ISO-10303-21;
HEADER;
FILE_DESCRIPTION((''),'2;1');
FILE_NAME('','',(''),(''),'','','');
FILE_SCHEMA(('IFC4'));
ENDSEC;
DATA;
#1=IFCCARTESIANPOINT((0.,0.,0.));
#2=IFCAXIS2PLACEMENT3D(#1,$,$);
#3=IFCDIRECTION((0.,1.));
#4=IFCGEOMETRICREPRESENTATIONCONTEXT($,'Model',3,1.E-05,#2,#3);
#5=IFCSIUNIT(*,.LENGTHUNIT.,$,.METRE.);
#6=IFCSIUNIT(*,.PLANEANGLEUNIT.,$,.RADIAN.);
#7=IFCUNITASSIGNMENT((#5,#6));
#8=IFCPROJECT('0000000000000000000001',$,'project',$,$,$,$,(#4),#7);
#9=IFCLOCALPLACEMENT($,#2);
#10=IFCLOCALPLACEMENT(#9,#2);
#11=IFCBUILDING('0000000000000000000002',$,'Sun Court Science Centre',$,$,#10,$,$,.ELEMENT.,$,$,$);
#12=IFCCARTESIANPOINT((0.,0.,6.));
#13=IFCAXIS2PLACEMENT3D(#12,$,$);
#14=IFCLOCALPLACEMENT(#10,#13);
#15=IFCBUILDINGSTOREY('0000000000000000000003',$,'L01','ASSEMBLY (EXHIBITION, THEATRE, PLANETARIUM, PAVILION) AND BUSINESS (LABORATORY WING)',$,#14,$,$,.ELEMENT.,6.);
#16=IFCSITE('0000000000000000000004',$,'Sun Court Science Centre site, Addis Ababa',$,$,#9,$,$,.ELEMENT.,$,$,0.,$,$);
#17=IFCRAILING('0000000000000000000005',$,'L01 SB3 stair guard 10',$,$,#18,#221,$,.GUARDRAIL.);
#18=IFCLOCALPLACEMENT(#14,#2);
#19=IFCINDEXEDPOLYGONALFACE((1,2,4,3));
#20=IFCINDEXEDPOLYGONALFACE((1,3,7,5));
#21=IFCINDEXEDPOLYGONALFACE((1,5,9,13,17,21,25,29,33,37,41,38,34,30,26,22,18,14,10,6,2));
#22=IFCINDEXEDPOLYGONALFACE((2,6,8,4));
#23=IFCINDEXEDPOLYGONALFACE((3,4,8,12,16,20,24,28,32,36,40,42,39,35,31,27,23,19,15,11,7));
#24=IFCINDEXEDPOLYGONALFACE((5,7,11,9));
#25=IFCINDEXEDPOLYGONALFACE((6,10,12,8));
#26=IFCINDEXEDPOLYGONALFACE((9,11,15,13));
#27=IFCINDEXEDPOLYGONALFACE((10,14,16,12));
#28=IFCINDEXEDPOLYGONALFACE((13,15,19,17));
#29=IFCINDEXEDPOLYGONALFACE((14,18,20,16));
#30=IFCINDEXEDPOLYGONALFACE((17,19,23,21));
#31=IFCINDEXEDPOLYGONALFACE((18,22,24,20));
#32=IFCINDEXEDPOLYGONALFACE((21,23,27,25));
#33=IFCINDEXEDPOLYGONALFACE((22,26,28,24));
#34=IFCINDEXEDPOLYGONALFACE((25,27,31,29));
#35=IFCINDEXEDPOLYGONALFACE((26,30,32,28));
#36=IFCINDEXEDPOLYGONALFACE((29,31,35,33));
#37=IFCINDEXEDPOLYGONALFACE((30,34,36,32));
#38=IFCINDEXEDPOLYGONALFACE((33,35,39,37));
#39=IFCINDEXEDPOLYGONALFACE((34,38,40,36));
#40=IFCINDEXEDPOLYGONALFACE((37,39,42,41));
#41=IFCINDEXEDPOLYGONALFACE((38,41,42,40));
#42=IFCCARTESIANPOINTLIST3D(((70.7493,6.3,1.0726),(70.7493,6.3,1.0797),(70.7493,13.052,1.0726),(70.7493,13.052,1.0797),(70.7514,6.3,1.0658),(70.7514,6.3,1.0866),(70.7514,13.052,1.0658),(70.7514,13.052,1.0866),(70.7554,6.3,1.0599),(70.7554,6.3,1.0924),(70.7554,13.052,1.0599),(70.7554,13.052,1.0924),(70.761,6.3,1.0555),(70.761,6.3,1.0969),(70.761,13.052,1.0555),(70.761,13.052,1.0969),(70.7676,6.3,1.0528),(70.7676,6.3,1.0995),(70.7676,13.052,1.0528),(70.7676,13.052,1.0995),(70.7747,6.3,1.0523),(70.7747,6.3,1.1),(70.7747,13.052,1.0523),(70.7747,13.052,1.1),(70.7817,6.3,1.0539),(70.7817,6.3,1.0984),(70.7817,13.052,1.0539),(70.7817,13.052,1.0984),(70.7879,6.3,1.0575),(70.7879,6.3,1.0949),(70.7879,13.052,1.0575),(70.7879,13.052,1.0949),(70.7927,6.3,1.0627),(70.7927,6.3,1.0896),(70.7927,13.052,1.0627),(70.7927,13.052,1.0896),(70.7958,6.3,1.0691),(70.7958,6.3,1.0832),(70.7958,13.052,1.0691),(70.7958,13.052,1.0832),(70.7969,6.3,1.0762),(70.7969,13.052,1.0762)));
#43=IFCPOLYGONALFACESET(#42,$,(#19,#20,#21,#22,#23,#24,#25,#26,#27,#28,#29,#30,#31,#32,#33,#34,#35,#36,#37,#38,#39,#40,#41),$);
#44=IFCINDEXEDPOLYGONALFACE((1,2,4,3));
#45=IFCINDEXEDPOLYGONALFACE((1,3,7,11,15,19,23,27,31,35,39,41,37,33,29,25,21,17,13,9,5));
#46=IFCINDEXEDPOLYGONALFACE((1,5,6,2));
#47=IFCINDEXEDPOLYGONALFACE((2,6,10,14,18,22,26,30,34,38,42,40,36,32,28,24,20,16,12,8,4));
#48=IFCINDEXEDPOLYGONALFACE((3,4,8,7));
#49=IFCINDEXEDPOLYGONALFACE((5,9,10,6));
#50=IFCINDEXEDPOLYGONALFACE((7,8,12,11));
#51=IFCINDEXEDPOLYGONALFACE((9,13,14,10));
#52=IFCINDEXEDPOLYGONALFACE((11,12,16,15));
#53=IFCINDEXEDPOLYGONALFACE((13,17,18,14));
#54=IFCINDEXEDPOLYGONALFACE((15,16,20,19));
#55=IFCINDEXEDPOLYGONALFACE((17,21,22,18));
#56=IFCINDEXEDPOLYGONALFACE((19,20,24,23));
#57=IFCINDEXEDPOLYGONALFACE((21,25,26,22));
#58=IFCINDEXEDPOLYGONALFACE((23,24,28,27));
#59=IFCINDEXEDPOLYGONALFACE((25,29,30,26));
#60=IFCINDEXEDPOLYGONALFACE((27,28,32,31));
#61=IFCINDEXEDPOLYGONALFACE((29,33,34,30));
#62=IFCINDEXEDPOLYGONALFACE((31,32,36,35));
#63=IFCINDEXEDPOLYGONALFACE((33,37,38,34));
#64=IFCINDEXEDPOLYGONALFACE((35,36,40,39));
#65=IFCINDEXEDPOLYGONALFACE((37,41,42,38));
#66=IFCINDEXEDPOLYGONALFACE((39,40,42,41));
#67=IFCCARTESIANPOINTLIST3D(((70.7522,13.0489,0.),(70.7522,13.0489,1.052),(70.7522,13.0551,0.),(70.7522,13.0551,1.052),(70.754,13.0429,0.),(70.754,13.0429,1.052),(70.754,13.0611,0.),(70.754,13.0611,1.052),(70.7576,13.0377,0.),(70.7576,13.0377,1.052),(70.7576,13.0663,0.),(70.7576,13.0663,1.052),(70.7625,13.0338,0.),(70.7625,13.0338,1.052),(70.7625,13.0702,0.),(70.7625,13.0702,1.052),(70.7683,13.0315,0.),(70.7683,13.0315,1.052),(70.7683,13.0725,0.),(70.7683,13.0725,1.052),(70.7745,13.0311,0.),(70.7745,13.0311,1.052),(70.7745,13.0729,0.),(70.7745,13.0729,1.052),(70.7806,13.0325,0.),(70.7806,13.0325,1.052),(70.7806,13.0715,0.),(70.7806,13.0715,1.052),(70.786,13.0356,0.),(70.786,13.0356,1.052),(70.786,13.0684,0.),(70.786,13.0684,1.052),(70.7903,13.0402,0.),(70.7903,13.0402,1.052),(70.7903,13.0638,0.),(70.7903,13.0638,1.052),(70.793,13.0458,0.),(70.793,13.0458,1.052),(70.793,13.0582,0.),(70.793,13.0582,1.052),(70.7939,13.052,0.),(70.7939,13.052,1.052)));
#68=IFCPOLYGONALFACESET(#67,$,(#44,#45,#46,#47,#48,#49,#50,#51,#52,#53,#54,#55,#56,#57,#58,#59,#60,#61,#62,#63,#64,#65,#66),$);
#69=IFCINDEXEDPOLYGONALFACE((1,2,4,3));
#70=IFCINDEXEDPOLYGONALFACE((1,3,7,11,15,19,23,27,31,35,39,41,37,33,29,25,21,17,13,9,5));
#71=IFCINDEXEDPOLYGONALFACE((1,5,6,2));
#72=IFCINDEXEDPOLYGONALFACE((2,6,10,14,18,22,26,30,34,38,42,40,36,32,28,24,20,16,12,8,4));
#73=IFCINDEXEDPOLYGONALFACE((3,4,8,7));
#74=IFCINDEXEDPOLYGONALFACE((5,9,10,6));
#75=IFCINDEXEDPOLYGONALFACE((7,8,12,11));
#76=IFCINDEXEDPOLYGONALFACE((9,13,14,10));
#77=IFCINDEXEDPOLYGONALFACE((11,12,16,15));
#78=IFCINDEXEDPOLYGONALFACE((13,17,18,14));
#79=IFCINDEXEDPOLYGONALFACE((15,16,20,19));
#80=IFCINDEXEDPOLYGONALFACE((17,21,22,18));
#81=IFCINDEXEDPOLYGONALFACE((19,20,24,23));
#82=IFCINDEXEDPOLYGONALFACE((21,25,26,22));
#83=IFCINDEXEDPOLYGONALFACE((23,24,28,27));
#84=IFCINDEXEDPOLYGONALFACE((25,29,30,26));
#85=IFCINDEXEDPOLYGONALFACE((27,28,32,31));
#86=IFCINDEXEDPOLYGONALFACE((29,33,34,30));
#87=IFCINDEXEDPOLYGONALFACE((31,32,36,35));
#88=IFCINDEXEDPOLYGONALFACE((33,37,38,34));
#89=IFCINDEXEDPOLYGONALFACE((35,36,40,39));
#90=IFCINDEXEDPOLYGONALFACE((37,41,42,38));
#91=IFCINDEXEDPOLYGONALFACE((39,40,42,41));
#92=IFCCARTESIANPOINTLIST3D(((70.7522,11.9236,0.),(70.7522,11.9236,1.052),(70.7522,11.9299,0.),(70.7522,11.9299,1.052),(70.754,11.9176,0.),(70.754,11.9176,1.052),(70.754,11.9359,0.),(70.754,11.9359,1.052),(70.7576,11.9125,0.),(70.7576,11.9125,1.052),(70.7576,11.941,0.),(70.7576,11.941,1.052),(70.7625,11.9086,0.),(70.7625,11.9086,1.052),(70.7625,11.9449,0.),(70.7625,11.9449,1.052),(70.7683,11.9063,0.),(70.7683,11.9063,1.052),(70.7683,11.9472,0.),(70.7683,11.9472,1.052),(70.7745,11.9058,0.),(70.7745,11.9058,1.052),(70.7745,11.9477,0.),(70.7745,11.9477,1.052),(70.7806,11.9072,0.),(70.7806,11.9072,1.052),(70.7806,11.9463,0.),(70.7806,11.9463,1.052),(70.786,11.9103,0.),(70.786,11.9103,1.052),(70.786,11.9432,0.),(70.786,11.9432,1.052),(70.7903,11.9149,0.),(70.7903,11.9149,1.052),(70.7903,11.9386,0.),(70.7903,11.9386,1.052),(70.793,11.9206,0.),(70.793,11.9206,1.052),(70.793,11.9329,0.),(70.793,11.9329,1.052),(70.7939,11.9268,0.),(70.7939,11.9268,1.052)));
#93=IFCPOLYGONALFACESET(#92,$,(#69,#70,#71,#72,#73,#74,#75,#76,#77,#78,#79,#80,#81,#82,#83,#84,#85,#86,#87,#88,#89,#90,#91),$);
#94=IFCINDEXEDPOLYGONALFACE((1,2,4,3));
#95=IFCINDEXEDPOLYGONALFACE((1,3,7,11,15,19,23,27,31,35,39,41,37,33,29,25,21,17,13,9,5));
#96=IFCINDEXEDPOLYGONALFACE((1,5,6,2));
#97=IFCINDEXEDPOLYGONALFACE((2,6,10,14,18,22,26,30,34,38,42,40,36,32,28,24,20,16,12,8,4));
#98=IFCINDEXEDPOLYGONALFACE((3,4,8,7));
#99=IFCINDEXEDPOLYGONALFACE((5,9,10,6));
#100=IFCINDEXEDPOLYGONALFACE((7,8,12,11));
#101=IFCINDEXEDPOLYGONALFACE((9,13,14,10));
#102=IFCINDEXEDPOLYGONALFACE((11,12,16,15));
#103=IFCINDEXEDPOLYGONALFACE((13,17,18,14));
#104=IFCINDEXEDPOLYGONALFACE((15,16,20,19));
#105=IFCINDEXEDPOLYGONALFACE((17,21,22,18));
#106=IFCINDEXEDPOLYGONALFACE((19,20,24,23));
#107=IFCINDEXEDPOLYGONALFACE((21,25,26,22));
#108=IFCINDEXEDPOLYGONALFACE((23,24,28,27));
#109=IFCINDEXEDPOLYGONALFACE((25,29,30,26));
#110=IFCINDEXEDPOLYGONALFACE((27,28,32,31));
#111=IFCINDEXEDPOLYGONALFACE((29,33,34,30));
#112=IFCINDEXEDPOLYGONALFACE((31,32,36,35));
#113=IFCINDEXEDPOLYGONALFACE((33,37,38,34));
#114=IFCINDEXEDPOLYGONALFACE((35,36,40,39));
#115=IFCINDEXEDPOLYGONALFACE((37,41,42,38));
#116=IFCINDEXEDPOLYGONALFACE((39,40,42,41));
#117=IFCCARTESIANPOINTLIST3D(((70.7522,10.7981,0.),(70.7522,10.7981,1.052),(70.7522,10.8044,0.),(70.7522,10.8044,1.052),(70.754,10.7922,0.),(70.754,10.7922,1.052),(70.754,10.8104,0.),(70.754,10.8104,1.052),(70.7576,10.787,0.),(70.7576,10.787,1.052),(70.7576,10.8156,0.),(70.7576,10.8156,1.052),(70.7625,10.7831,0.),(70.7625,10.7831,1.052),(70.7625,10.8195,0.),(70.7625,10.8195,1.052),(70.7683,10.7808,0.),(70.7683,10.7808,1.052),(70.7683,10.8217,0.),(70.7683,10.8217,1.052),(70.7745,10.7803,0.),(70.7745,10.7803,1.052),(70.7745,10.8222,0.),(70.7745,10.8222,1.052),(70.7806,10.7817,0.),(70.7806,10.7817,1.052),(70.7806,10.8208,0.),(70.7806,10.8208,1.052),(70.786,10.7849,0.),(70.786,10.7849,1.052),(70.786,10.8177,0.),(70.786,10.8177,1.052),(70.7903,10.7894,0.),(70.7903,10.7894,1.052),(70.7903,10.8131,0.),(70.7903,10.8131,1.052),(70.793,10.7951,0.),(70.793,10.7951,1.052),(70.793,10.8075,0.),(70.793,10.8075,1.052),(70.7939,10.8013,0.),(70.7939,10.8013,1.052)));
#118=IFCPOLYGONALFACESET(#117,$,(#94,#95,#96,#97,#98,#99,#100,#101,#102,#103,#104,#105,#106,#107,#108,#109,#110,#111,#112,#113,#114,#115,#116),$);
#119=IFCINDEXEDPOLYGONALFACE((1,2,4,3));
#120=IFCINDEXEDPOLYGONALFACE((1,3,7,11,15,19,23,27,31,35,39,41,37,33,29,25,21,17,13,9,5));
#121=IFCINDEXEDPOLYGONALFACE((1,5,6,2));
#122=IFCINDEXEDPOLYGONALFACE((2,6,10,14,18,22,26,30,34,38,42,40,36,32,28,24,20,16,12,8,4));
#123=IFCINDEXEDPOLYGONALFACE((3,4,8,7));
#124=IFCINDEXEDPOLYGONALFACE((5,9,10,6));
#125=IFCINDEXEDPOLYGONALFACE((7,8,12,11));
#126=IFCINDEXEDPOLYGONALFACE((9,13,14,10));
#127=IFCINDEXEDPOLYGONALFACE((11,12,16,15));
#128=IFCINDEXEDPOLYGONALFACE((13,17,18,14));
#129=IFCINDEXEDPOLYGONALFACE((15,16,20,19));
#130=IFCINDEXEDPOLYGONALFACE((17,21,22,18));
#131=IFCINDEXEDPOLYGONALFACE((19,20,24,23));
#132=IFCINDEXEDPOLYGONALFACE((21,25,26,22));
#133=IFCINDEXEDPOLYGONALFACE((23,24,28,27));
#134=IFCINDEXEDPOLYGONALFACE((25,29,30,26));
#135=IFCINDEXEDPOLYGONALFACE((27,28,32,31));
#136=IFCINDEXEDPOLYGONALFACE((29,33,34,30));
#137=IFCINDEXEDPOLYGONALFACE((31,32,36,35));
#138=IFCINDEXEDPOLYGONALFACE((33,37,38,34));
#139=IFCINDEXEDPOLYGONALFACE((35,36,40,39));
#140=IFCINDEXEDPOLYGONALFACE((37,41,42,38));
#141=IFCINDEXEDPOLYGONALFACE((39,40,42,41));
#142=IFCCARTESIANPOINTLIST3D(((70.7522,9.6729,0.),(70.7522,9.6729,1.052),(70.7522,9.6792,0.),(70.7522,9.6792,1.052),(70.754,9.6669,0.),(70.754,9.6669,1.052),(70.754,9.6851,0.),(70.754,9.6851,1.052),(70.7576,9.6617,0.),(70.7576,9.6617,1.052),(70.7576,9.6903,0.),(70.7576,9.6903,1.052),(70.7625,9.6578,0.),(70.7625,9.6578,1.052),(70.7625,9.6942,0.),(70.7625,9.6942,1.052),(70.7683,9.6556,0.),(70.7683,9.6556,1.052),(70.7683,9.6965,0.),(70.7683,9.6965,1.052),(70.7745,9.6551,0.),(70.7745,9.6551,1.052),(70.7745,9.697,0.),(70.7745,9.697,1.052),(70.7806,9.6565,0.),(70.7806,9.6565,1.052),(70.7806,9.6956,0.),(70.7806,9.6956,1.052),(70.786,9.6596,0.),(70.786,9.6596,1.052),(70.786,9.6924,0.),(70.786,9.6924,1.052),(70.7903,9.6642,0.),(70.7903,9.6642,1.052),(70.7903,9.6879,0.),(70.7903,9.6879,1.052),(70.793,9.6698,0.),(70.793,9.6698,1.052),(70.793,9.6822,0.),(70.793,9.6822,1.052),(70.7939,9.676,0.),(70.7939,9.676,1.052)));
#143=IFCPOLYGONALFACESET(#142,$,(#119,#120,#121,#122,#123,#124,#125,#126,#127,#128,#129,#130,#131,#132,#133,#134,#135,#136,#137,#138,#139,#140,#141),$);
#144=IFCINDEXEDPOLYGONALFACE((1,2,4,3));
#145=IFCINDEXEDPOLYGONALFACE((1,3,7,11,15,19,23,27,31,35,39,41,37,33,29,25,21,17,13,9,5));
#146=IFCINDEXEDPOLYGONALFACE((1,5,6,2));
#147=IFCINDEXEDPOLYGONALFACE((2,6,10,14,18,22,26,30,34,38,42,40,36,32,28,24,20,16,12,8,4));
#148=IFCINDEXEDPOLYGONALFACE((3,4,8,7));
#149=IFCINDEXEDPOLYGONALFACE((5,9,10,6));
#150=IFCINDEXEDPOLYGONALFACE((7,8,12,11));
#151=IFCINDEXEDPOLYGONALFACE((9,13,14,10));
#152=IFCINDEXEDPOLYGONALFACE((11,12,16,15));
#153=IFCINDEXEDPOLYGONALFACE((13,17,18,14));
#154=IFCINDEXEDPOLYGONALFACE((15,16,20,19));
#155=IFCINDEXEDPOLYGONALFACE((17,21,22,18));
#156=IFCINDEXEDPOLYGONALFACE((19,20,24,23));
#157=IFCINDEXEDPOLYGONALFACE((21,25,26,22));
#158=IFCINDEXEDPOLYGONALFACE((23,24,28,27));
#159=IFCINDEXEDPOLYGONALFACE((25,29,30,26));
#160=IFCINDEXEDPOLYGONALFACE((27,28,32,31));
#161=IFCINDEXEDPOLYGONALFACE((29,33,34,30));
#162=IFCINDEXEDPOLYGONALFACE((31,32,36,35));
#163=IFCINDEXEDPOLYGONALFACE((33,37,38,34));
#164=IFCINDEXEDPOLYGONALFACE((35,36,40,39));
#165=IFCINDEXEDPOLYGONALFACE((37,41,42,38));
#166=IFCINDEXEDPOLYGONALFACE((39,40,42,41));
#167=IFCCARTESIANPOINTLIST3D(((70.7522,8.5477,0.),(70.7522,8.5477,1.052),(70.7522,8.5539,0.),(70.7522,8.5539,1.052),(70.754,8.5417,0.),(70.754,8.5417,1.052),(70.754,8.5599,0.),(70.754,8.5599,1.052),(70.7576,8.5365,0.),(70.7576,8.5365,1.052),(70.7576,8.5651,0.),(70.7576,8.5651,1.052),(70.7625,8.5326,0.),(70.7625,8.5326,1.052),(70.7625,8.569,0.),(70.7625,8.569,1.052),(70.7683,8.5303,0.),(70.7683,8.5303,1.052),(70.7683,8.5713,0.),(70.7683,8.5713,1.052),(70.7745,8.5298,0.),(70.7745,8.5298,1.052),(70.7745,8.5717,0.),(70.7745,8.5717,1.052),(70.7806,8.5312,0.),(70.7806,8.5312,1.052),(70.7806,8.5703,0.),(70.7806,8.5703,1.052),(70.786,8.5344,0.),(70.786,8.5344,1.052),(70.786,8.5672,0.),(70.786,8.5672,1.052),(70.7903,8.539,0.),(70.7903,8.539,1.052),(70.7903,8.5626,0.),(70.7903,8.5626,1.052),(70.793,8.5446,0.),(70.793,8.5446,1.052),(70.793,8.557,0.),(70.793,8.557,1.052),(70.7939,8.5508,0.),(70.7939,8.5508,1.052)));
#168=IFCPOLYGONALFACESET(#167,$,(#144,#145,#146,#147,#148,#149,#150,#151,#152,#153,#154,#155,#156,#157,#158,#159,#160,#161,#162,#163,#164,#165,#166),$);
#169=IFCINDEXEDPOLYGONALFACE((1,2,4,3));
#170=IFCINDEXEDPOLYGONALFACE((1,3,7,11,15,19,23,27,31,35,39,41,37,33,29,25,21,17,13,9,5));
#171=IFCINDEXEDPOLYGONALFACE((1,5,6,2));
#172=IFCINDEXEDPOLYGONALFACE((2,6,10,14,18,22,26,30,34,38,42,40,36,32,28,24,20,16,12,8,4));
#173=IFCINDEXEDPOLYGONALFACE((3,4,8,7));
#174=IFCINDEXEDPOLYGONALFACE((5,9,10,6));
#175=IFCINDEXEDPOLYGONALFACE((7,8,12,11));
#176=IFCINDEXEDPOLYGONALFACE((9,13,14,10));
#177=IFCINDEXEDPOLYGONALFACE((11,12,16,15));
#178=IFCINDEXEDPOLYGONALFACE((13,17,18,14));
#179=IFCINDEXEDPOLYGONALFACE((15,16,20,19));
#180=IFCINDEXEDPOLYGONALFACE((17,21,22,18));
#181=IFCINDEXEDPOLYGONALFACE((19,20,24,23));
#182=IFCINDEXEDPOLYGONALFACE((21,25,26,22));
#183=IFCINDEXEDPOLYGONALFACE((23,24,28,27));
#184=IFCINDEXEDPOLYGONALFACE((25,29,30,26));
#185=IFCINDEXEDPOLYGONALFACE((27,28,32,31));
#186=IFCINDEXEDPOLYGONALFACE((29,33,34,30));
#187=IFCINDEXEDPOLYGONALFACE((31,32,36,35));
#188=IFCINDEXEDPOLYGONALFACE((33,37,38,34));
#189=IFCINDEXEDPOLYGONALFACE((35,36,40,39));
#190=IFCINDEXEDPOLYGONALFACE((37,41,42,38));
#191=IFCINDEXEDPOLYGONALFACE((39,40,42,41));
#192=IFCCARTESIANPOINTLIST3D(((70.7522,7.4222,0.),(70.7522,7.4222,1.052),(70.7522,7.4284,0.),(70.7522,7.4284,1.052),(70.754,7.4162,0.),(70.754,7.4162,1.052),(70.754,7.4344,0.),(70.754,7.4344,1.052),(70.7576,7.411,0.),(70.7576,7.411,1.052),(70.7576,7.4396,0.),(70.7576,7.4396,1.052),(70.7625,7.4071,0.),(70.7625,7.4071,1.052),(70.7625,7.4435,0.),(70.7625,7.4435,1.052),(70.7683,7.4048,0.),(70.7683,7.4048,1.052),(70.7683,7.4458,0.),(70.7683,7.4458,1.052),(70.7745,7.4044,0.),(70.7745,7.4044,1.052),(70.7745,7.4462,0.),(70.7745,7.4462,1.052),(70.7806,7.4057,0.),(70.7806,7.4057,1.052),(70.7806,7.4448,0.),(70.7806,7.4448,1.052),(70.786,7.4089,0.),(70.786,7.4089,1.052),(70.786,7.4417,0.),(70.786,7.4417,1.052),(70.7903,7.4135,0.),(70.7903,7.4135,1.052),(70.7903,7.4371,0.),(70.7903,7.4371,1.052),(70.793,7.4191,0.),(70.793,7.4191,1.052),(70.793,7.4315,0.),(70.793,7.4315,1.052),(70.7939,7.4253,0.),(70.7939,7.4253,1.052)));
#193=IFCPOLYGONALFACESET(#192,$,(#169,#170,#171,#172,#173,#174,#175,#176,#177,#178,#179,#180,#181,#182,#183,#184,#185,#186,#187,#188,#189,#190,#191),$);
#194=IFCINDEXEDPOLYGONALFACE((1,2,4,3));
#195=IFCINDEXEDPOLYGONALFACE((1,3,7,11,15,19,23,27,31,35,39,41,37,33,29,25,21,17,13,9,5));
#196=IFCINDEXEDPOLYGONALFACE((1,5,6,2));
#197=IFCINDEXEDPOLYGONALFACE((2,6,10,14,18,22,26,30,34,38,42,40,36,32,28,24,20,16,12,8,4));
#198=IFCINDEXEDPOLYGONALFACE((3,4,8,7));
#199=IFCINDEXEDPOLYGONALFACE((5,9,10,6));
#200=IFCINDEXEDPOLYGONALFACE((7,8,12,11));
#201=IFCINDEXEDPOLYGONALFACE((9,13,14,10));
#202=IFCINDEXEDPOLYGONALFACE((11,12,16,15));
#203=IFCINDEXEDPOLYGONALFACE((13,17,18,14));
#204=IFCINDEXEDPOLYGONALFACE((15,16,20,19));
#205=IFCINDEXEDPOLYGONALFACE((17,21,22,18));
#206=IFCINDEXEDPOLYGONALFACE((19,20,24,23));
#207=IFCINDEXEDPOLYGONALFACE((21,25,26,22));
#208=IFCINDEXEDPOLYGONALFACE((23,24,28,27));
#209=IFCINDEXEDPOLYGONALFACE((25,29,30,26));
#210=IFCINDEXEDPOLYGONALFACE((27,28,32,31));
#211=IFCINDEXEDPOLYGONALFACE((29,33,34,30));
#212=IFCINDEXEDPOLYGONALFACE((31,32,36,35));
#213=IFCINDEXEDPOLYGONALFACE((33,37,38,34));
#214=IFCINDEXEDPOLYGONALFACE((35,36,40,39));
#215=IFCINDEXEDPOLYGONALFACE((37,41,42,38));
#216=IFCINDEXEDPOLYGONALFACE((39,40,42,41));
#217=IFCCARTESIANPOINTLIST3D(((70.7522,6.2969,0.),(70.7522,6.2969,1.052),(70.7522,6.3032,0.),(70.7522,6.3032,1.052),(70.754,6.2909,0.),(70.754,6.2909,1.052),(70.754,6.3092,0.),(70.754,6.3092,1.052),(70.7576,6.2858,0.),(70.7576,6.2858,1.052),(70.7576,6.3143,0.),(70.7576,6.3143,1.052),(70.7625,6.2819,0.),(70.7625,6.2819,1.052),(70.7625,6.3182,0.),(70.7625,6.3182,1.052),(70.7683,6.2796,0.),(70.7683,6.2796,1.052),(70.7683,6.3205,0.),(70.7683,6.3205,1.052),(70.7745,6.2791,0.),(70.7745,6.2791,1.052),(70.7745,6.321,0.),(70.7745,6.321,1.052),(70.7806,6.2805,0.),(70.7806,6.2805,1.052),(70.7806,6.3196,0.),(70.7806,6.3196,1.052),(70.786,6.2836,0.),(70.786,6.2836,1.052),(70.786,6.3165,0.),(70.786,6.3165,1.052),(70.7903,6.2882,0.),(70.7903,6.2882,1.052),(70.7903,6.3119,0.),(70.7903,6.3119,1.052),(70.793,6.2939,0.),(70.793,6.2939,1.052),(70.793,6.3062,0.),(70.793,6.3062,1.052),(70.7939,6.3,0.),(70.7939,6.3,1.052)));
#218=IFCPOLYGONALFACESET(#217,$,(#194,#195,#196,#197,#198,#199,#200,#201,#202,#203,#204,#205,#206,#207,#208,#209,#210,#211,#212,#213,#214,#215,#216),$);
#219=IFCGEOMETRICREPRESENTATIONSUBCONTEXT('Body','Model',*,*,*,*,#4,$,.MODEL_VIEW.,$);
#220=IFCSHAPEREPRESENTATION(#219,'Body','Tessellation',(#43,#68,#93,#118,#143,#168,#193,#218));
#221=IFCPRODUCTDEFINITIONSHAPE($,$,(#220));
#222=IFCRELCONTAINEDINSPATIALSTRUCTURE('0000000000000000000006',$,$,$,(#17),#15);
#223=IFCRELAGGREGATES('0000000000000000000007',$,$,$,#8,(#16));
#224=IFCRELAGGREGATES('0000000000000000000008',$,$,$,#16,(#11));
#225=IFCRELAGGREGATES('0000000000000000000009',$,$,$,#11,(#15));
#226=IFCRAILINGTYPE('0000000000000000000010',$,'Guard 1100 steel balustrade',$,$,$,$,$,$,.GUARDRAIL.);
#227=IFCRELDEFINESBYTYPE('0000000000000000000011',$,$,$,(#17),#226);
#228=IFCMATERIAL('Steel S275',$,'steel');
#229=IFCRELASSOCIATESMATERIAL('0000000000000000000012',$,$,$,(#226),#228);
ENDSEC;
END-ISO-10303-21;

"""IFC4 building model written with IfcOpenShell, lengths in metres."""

from ifc_helpers import new_model, si_unit, direction, frame, origin, origin_2d, place, context, subcontext, project, spatial, circle, extrude, material, type_object, element, save


model = new_model("IFC4")

# Units and contexts
model_context = context("Model", 3, precision=1e-05, world=origin(), true_north=direction((0.0, 1.0)))
body_context = subcontext(model_context, "Body", "Model", "MODEL_VIEW")
ifc_project = project(units=[si_unit("LENGTHUNIT", "METRE"), si_unit("PLANEANGLEUNIT", "RADIAN")], contexts=[model_context])

# Site, building, storey
site_placement = place(None, origin())
site = spatial("IfcSite", under=ifc_project, at=site_placement, Name="Sun Court Science Centre site, Addis Ababa", CompositionType="ELEMENT", RefElevation=0.0)
building_placement = place(site_placement, origin())
building = spatial("IfcBuilding", under=site, at=building_placement, Name="Sun Court Science Centre", CompositionType="ELEMENT")
storey_placement = place(building_placement, frame((0.0, 0.0, 6.0)))
storey = spatial("IfcBuildingStorey", under=building, at=storey_placement, Name="L01", Description="ASSEMBLY (EXHIBITION, THEATRE, PLANETARIUM, PAVILION) AND BUSINESS (LABORATORY WING)", CompositionType="ELEMENT", Elevation=6.0)

# Railing
ifc_material_1 = material(Name="Steel S275", Category="steel")
railing_type_1 = type_object("IfcRailingType", Name="Guard 1100 steel balustrade", PredefinedType="GUARDRAIL", material=ifc_material_1)
railing_1_placement = place(storey_placement, frame((70.7729, 13.052, 0.0)))
element("IfcRailing", 1, at=railing_1_placement, inside=storey, type_object=railing_type_1, Name="L01 SB3 stair guard 10", PredefinedType="GUARDRAIL", context=body_context, shape_type="SweptSolid", body=[
    extrude(circle(Radius=0.0239, at=origin_2d()), frame((0.0, 0.0, 1.0762), z_axis=(0.0, -1.0, 0.0), x_axis=(1.0, 0.0, 0.0)), (0.0, 0.0, 1.0), 6.752),
    extrude(circle(Radius=0.021, at=origin_2d()), origin(), (0.0, 0.0, 1.0), 1.052),
    extrude(circle(Radius=0.021, at=origin_2d()), frame((0.0, -1.1252, 0.0)), (0.0, 0.0, 1.0), 1.052),
    extrude(circle(Radius=0.021, at=origin_2d()), frame((0.0, -2.2507, 0.0)), (0.0, 0.0, 1.0), 1.052),
    extrude(circle(Radius=0.021, at=origin_2d()), frame((0.0, -3.376, 0.0)), (0.0, 0.0, 1.0), 1.052),
    extrude(circle(Radius=0.021, at=origin_2d()), frame((0.0, -4.5012, 0.0)), (0.0, 0.0, 1.0), 1.052),
    extrude(circle(Radius=0.021, at=origin_2d()), frame((0.0, -5.6267, 0.0)), (0.0, 0.0, 1.0), 1.052),
    extrude(circle(Radius=0.021, at=origin_2d()), frame((0.0, -6.752, 0.0)), (0.0, 0.0, 1.0), 1.052),
])

save(model, "model.ifc")
